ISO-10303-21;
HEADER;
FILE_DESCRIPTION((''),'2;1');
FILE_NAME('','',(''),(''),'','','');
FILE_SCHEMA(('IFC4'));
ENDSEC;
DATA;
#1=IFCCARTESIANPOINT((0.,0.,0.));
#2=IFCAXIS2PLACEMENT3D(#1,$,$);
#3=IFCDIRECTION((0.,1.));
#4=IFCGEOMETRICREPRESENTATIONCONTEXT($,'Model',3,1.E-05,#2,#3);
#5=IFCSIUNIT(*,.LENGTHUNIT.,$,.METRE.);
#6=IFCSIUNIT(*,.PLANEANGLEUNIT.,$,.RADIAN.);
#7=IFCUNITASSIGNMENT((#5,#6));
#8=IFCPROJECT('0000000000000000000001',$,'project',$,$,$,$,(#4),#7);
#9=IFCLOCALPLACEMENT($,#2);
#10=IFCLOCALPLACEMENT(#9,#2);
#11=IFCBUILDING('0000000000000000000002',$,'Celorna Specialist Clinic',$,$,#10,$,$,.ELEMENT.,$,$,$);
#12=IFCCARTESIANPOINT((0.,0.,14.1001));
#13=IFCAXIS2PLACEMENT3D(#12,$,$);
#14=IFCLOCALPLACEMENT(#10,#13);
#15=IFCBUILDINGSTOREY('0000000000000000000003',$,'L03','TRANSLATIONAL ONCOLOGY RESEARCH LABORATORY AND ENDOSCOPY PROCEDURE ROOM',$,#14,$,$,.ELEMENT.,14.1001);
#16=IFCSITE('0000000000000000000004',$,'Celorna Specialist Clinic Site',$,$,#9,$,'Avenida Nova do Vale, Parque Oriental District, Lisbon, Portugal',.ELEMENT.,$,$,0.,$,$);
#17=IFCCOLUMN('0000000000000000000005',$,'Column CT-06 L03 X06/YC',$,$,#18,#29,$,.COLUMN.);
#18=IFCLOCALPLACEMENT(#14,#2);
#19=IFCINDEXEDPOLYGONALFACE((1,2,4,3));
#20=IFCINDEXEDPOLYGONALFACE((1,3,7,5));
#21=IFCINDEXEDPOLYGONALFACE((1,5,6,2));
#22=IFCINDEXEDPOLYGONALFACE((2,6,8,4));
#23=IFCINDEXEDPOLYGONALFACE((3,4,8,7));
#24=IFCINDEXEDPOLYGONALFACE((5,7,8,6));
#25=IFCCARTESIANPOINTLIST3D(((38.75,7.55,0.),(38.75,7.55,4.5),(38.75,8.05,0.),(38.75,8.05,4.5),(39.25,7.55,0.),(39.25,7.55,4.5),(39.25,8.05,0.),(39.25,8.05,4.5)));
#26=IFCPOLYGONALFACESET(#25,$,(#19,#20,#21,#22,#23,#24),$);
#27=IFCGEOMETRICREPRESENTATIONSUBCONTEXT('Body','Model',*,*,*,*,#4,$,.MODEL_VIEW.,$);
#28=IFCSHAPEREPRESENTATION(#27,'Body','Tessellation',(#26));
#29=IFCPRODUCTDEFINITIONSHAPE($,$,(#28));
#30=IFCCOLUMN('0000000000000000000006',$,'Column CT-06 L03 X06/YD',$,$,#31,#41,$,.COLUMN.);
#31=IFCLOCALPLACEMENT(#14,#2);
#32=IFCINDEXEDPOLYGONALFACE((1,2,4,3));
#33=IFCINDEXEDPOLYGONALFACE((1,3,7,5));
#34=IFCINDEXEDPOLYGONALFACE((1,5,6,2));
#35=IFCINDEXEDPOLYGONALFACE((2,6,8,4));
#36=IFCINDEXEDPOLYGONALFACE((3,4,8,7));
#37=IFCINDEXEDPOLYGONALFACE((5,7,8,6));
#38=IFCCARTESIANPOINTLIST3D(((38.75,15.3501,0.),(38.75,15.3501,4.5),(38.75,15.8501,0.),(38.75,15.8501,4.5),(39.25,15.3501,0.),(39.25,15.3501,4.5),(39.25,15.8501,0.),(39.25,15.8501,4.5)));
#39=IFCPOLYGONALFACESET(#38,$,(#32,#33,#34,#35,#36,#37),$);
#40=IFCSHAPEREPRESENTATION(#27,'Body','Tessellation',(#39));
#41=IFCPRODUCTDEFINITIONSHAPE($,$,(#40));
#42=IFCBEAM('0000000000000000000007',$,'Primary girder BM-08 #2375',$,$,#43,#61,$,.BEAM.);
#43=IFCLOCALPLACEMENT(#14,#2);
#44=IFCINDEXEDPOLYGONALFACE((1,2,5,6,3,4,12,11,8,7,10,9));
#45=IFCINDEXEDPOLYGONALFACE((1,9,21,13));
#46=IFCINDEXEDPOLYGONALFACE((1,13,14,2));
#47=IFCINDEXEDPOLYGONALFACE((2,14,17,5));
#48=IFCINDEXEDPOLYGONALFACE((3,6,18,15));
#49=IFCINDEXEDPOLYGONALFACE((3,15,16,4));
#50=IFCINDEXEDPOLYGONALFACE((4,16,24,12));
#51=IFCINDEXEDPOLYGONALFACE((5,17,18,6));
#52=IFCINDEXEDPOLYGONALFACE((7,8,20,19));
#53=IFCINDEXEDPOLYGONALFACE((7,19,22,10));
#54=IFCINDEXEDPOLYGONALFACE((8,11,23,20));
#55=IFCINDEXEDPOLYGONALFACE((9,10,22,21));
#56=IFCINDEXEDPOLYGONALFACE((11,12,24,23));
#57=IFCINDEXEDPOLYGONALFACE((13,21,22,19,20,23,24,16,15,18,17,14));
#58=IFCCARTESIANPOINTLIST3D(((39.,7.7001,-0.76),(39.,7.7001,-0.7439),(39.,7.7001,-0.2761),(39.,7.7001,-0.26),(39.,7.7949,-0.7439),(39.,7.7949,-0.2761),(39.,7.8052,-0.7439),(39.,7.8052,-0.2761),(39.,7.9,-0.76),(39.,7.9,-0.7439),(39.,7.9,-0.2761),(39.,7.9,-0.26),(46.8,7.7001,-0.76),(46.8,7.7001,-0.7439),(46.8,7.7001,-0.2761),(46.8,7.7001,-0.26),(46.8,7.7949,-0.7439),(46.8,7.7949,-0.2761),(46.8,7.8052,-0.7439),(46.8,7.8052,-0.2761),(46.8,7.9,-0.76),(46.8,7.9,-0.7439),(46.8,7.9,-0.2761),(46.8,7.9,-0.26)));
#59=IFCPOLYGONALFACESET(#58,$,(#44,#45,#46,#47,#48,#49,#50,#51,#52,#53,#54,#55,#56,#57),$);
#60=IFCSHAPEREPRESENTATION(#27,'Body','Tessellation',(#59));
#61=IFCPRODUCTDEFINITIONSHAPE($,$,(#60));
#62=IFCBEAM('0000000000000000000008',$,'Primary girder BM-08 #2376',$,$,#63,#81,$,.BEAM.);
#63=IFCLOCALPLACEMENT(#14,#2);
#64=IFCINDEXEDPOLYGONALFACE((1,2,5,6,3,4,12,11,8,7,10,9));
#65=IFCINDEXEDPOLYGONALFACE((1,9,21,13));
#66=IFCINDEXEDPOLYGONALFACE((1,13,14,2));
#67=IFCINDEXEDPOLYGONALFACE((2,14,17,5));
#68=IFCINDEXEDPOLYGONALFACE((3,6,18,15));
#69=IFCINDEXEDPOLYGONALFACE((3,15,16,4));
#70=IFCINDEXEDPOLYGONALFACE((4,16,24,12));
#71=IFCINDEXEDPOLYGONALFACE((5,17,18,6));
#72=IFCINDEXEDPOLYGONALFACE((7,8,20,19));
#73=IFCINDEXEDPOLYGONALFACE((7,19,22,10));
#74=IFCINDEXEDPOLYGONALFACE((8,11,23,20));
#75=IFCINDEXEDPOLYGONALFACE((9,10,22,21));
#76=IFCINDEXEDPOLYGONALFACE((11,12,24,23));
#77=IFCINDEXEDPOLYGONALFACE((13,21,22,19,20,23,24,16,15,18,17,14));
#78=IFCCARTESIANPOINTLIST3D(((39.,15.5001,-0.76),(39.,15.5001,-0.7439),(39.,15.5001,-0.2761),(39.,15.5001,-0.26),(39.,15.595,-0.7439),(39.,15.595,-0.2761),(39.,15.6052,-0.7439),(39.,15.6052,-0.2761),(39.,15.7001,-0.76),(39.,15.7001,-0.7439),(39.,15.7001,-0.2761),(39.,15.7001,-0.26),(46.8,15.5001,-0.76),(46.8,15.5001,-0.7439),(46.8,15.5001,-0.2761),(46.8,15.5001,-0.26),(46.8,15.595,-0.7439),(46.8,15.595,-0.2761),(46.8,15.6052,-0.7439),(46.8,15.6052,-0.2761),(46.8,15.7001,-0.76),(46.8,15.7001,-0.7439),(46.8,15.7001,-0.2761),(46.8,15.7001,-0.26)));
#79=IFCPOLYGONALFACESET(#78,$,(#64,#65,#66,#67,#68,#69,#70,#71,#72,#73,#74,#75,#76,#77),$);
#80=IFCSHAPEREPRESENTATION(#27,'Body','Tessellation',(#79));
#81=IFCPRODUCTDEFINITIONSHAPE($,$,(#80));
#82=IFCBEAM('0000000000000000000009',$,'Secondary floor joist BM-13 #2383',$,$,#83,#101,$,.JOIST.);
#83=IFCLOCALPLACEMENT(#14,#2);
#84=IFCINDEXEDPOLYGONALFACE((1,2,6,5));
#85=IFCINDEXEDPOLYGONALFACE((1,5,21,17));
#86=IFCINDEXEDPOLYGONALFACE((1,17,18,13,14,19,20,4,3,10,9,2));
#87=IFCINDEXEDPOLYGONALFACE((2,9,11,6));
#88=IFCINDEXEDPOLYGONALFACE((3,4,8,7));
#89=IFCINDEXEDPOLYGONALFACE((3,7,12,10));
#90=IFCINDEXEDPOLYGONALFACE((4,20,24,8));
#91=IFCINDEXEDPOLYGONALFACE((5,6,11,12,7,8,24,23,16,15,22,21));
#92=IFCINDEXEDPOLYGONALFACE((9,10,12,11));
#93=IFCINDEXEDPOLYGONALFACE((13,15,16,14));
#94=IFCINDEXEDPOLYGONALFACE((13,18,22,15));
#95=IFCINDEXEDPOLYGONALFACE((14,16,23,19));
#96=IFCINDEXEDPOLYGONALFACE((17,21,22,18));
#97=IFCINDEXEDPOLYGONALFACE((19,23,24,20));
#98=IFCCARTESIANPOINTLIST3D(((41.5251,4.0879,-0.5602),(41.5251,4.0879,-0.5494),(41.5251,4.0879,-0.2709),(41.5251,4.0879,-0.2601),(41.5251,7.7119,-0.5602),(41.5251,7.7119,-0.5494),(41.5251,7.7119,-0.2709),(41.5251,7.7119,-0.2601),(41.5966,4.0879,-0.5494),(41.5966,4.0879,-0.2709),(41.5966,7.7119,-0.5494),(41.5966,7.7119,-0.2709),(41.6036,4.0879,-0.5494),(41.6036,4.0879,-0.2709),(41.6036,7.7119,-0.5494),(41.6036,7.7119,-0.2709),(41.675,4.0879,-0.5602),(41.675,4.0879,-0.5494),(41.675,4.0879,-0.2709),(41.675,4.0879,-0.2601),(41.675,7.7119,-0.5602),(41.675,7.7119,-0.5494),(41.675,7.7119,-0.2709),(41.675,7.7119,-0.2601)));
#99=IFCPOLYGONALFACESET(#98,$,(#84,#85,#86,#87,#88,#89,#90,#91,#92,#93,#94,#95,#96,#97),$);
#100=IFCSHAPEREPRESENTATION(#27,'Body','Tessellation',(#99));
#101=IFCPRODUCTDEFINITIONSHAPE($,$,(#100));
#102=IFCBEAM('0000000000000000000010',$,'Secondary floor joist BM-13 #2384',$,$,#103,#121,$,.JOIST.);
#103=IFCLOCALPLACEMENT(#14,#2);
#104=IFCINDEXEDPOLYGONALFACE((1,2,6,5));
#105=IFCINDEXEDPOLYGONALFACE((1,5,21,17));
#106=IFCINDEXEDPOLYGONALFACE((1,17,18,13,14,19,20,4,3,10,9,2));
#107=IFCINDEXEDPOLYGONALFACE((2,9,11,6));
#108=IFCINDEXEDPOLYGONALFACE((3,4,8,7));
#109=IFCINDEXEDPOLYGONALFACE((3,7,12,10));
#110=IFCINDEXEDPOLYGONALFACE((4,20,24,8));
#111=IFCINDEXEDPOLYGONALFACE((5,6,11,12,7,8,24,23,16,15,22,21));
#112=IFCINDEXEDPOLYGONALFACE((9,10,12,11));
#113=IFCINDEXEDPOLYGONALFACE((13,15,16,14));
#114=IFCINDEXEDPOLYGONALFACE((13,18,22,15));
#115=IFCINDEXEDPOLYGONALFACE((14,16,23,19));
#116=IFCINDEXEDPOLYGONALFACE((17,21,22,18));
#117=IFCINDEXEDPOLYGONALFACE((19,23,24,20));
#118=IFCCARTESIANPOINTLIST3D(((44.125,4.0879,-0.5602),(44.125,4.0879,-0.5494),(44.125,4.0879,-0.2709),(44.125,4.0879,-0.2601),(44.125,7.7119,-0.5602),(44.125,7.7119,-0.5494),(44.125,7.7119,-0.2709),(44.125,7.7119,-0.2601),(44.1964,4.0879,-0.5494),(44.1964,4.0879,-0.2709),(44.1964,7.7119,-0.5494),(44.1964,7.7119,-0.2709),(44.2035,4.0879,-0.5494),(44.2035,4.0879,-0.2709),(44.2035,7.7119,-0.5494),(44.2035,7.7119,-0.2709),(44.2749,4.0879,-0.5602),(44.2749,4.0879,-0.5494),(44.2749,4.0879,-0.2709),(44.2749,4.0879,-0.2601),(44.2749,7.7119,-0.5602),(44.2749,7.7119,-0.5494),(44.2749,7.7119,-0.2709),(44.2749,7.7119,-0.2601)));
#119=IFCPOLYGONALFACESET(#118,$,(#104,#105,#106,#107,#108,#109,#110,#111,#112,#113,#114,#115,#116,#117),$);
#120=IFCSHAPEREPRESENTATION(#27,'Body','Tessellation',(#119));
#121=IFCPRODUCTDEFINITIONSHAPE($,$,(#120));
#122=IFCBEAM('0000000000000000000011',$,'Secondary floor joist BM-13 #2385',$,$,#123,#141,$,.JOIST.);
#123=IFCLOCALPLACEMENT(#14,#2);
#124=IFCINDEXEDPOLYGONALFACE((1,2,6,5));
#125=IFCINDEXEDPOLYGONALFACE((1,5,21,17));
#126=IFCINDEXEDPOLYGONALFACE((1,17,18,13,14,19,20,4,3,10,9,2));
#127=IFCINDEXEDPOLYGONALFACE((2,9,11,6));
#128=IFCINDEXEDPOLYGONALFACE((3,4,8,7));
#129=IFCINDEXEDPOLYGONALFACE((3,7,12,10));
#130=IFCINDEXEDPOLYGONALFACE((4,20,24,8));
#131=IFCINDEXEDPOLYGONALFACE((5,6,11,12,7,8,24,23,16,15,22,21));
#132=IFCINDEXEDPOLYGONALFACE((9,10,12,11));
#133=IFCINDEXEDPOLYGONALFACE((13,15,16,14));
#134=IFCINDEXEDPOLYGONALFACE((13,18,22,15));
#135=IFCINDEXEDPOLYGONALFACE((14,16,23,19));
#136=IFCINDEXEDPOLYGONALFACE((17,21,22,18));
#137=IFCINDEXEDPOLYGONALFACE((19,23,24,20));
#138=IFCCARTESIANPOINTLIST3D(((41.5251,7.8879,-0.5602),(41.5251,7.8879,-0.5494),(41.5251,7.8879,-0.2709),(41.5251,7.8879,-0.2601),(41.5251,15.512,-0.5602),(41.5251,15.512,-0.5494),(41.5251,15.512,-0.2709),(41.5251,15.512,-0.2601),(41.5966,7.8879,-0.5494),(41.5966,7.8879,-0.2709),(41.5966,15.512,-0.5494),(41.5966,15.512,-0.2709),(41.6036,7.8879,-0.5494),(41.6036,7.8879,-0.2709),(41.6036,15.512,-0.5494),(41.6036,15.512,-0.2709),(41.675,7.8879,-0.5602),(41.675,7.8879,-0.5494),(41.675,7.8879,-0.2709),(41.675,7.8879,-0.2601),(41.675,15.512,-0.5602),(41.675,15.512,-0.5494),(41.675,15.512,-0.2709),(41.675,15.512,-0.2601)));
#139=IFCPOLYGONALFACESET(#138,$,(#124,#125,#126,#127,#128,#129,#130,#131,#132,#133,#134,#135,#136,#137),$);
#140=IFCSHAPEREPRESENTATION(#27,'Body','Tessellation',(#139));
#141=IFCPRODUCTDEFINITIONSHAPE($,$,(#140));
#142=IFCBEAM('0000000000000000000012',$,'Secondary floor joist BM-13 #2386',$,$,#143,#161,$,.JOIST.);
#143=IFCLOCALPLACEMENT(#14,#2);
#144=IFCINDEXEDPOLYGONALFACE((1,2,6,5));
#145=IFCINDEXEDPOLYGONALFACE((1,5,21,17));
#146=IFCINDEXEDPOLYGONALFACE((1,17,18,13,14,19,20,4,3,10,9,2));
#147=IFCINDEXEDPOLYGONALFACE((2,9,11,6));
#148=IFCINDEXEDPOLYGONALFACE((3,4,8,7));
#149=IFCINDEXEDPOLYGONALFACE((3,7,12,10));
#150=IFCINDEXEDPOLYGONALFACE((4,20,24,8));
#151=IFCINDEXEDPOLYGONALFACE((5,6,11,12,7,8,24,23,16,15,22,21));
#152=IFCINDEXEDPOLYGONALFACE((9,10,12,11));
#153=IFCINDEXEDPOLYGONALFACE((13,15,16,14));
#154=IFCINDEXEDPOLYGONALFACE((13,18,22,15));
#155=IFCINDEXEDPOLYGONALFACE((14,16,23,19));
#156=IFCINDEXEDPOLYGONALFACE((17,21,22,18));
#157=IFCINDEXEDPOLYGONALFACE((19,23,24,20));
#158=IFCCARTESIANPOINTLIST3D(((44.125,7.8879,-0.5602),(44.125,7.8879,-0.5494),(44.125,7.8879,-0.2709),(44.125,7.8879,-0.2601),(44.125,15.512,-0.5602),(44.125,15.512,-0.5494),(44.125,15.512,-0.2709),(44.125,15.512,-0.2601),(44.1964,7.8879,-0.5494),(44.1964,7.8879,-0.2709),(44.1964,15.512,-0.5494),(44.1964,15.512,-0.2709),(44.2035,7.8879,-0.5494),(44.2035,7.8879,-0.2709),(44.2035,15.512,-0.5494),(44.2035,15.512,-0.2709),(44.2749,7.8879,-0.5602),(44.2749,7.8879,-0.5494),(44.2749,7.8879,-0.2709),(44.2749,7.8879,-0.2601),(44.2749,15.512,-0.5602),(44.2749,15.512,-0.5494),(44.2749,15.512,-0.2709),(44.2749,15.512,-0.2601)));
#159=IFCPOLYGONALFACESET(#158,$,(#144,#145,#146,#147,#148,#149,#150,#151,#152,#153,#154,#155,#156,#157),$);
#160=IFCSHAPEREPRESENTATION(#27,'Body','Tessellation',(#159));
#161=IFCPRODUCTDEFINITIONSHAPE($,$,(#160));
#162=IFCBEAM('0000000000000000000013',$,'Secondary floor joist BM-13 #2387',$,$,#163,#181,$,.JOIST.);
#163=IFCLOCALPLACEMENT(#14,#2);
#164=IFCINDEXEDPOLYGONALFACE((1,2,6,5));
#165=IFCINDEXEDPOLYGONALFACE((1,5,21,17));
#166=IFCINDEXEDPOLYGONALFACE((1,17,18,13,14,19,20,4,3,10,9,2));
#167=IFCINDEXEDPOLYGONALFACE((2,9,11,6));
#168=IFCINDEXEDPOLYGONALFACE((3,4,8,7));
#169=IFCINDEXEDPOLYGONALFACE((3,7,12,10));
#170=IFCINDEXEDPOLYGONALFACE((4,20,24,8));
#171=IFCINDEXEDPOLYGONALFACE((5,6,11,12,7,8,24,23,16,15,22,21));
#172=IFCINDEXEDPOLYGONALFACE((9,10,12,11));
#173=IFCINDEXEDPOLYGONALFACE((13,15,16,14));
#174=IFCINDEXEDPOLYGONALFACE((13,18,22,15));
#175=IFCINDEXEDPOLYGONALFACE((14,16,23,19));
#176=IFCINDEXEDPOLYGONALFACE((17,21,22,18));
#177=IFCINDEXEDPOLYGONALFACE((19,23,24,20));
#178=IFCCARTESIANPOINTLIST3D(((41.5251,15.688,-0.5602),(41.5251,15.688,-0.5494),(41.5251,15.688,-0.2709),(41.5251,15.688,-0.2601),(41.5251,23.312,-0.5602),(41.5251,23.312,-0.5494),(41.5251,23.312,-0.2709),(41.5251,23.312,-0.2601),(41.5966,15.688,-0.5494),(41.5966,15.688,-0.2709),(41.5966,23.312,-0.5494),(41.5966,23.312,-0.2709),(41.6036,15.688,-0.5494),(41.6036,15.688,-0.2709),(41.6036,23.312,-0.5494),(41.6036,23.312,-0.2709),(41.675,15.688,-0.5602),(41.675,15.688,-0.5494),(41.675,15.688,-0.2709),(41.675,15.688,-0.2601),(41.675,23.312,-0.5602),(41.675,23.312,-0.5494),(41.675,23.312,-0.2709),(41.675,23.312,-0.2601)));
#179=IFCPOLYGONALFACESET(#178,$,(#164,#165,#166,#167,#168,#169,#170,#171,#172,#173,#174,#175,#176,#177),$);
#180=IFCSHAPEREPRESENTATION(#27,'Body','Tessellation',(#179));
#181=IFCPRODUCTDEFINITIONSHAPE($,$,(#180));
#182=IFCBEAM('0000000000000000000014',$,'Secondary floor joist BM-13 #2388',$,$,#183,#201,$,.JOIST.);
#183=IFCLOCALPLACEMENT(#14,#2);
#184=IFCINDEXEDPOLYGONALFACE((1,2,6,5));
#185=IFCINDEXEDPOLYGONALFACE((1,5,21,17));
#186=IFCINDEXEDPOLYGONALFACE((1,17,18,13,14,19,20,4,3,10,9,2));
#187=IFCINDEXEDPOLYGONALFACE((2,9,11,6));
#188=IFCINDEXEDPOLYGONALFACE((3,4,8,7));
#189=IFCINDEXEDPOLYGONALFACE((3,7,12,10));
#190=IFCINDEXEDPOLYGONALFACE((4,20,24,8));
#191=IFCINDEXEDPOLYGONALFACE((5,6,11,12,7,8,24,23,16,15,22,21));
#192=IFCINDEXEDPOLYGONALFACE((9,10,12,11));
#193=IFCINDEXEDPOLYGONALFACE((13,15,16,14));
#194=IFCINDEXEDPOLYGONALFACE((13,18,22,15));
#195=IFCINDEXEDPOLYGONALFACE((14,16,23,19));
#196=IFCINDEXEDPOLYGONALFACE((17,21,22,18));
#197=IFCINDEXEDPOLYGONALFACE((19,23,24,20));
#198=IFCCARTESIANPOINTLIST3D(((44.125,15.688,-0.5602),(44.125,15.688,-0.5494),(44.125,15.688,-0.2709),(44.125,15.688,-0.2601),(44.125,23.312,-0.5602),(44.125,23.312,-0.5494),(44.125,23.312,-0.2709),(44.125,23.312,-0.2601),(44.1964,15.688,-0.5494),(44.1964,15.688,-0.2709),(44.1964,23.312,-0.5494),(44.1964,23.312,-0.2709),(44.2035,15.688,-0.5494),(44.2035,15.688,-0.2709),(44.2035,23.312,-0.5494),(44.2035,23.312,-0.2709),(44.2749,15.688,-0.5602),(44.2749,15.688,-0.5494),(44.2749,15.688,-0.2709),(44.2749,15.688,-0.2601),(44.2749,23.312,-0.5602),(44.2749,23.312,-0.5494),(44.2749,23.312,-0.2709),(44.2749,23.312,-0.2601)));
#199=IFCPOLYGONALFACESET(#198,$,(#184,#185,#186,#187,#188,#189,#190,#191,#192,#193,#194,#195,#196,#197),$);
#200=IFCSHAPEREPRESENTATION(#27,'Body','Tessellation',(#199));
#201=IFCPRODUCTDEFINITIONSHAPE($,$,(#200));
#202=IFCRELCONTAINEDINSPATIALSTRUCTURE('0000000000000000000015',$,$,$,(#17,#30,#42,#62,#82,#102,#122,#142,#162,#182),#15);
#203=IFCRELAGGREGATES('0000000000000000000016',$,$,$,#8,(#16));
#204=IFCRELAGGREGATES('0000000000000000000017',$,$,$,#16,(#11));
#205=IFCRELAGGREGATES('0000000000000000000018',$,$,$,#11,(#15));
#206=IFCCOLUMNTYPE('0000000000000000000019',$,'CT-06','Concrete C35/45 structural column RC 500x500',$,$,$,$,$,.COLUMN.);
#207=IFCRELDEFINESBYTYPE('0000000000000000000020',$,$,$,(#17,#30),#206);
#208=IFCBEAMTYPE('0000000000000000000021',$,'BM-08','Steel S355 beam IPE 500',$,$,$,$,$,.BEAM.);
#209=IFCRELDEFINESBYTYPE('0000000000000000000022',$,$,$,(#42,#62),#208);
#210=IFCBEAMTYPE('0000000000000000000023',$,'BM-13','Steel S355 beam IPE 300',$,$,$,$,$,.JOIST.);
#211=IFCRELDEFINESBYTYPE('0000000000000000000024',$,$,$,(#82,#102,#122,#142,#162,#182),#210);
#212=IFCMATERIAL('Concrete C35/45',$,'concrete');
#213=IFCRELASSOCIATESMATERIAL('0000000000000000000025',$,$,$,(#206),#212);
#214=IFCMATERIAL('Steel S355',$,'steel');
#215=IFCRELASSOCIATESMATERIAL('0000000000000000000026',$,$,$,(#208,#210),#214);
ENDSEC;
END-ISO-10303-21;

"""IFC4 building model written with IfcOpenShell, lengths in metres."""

from ifc_helpers import new_model, si_unit, direction, frame, origin, origin_2d, place, context, subcontext, project, spatial, rectangle, i_section, extrude, material, material_profile, profile_set, type_object, element, save


model = new_model("IFC4")

# Units and contexts
model_context = context("Model", 3, precision=1e-05, world=origin(), true_north=direction((0.0, 1.0)))
body_context = subcontext(model_context, "Body", "Model", "MODEL_VIEW")
ifc_project = project(units=[si_unit("LENGTHUNIT", "METRE"), si_unit("PLANEANGLEUNIT", "RADIAN")], contexts=[model_context])

# Site, building, storey
site_placement = place(None, origin())
site = spatial("IfcSite", under=ifc_project, at=site_placement, Name="Celorna Specialist Clinic Site", LongName="Avenida Nova do Vale, Parque Oriental District, Lisbon, Portugal", CompositionType="ELEMENT", RefElevation=0.0)
building_placement = place(site_placement, origin())
building = spatial("IfcBuilding", under=site, at=building_placement, Name="Celorna Specialist Clinic", CompositionType="ELEMENT")
storey_placement = place(building_placement, frame((0.0, 0.0, 14.1001)))
storey = spatial("IfcBuildingStorey", under=building, at=storey_placement, Name="L03", Description="TRANSLATIONAL ONCOLOGY RESEARCH LABORATORY AND ENDOSCOPY PROCEDURE ROOM", CompositionType="ELEMENT", Elevation=14.1001)

# Columns
ifc_material_1 = material(Name="Concrete C35/45", Category="concrete")
ifc_material_profile_1 = material_profile(ifc_material_1, rectangle(XDim=0.5, YDim=0.5, at=origin_2d()), Name="RC 500x500")
ifc_profile_set_1 = profile_set([ifc_material_profile_1], Name="Concrete C35/45")
column_type = type_object("IfcColumnType", Name="CT-06", Description="Concrete C35/45 structural column RC 500x500", PredefinedType="COLUMN", material=ifc_profile_set_1)
for number, where, z_axis, x_axis, name in (
    (1, (39.0, 7.8, 0.0), (0.0, 0.0, 1.0), (1.0, 0.0, 0.0), "Column CT-06 L03 X06/YC"),
    (2, (39.0, 15.6001, 0.0), (0.0, 0.0, 1.0), (1.0, 0.0, 0.0), "Column CT-06 L03 X06/YD"),
):
    element("IfcColumn", number, at=place(storey_placement, frame(where, z_axis=z_axis, x_axis=x_axis)), inside=storey, type_object=column_type, Name=name, PredefinedType="COLUMN", context=body_context, shape_type="SweptSolid", body=[
        extrude(rectangle(XDim=0.5, YDim=0.5, at=origin_2d()), origin(), (0.0, 0.0, 1.0), 4.5),
    ])

# Beams
ifc_material_2 = material(Name="Steel S355", Category="steel")
ifc_material_profile_2 = material_profile(ifc_material_2, i_section(OverallWidth=0.2, OverallDepth=0.5, WebThickness=0.0103, FlangeThickness=0.0161, at=origin_2d()), Name="IPE 500")
ifc_profile_set_2 = profile_set([ifc_material_profile_2], Name="Steel S355")
beam_type_1 = type_object("IfcBeamType", Name="BM-08", Description="Steel S355 beam IPE 500", PredefinedType="BEAM", material=ifc_profile_set_2)
for number, where, z_axis, x_axis, name in (
    (3, (39.0, 7.8, -0.51), (1.0, 0.0, 0.0), (0.0, 1.0, 0.0), "Primary girder BM-08 #2375"),
    (4, (39.0, 15.6001, -0.51), (1.0, 0.0, 0.0), (0.0, 1.0, 0.0), "Primary girder BM-08 #2376"),
):
    element("IfcBeam", number, at=place(storey_placement, frame(where, z_axis=z_axis, x_axis=x_axis)), inside=storey, type_object=beam_type_1, Name=name, PredefinedType="BEAM", context=body_context, shape_type="SweptSolid", body=[
        extrude(i_section(OverallWidth=0.2, OverallDepth=0.5, WebThickness=0.0103, FlangeThickness=0.0161, at=origin_2d()), origin(), (0.0, 0.0, 1.0), 7.8),
    ])
ifc_material_profile_3 = material_profile(ifc_material_2, i_section(OverallWidth=0.1499, OverallDepth=0.3, WebThickness=0.0071, FlangeThickness=0.0107, at=origin_2d()), Name="IPE 300")
ifc_profile_set_3 = profile_set([ifc_material_profile_3], Name="Steel S355")
beam_type_2 = type_object("IfcBeamType", Name="BM-13", Description="Steel S355 beam IPE 300", PredefinedType="JOIST", material=ifc_profile_set_3)
for number, where, z_axis, x_axis, name in (
    (5, (41.6001, 4.0879, -0.4102), (0.0, 1.0, 0.0), (-1.0, 0.0, 0.0), "Secondary floor joist BM-13 #2383"),
    (6, (44.2, 4.0879, -0.4102), (0.0, 1.0, 0.0), (-1.0, 0.0, 0.0), "Secondary floor joist BM-13 #2384"),
):
    element("IfcBeam", number, at=place(storey_placement, frame(where, z_axis=z_axis, x_axis=x_axis)), inside=storey, type_object=beam_type_2, Name=name, PredefinedType="JOIST", context=body_context, shape_type="SweptSolid", body=[
        extrude(i_section(OverallWidth=0.1499, OverallDepth=0.3, WebThickness=0.0071, FlangeThickness=0.0107, at=origin_2d()), origin(), (0.0, 0.0, 1.0), 3.624),
    ])
for number, where, z_axis, x_axis, name in (
    (7, (41.6001, 7.8879, -0.4102), (0.0, 1.0, 0.0), (-1.0, 0.0, 0.0), "Secondary floor joist BM-13 #2385"),
    (8, (44.2, 7.8879, -0.4102), (0.0, 1.0, 0.0), (-1.0, 0.0, 0.0), "Secondary floor joist BM-13 #2386"),
    (9, (41.6001, 15.688, -0.4102), (0.0, 1.0, 0.0), (-1.0, 0.0, 0.0), "Secondary floor joist BM-13 #2387"),
    (10, (44.2, 15.688, -0.4102), (0.0, 1.0, 0.0), (-1.0, 0.0, 0.0), "Secondary floor joist BM-13 #2388"),
):
    element("IfcBeam", number, at=place(storey_placement, frame(where, z_axis=z_axis, x_axis=x_axis)), inside=storey, type_object=beam_type_2, Name=name, PredefinedType="JOIST", context=body_context, shape_type="SweptSolid", body=[
        extrude(i_section(OverallWidth=0.1499, OverallDepth=0.3, WebThickness=0.0071, FlangeThickness=0.0107, at=origin_2d()), origin(), (0.0, 0.0, 1.0), 7.624),
    ])

save(model, "model.ifc")
